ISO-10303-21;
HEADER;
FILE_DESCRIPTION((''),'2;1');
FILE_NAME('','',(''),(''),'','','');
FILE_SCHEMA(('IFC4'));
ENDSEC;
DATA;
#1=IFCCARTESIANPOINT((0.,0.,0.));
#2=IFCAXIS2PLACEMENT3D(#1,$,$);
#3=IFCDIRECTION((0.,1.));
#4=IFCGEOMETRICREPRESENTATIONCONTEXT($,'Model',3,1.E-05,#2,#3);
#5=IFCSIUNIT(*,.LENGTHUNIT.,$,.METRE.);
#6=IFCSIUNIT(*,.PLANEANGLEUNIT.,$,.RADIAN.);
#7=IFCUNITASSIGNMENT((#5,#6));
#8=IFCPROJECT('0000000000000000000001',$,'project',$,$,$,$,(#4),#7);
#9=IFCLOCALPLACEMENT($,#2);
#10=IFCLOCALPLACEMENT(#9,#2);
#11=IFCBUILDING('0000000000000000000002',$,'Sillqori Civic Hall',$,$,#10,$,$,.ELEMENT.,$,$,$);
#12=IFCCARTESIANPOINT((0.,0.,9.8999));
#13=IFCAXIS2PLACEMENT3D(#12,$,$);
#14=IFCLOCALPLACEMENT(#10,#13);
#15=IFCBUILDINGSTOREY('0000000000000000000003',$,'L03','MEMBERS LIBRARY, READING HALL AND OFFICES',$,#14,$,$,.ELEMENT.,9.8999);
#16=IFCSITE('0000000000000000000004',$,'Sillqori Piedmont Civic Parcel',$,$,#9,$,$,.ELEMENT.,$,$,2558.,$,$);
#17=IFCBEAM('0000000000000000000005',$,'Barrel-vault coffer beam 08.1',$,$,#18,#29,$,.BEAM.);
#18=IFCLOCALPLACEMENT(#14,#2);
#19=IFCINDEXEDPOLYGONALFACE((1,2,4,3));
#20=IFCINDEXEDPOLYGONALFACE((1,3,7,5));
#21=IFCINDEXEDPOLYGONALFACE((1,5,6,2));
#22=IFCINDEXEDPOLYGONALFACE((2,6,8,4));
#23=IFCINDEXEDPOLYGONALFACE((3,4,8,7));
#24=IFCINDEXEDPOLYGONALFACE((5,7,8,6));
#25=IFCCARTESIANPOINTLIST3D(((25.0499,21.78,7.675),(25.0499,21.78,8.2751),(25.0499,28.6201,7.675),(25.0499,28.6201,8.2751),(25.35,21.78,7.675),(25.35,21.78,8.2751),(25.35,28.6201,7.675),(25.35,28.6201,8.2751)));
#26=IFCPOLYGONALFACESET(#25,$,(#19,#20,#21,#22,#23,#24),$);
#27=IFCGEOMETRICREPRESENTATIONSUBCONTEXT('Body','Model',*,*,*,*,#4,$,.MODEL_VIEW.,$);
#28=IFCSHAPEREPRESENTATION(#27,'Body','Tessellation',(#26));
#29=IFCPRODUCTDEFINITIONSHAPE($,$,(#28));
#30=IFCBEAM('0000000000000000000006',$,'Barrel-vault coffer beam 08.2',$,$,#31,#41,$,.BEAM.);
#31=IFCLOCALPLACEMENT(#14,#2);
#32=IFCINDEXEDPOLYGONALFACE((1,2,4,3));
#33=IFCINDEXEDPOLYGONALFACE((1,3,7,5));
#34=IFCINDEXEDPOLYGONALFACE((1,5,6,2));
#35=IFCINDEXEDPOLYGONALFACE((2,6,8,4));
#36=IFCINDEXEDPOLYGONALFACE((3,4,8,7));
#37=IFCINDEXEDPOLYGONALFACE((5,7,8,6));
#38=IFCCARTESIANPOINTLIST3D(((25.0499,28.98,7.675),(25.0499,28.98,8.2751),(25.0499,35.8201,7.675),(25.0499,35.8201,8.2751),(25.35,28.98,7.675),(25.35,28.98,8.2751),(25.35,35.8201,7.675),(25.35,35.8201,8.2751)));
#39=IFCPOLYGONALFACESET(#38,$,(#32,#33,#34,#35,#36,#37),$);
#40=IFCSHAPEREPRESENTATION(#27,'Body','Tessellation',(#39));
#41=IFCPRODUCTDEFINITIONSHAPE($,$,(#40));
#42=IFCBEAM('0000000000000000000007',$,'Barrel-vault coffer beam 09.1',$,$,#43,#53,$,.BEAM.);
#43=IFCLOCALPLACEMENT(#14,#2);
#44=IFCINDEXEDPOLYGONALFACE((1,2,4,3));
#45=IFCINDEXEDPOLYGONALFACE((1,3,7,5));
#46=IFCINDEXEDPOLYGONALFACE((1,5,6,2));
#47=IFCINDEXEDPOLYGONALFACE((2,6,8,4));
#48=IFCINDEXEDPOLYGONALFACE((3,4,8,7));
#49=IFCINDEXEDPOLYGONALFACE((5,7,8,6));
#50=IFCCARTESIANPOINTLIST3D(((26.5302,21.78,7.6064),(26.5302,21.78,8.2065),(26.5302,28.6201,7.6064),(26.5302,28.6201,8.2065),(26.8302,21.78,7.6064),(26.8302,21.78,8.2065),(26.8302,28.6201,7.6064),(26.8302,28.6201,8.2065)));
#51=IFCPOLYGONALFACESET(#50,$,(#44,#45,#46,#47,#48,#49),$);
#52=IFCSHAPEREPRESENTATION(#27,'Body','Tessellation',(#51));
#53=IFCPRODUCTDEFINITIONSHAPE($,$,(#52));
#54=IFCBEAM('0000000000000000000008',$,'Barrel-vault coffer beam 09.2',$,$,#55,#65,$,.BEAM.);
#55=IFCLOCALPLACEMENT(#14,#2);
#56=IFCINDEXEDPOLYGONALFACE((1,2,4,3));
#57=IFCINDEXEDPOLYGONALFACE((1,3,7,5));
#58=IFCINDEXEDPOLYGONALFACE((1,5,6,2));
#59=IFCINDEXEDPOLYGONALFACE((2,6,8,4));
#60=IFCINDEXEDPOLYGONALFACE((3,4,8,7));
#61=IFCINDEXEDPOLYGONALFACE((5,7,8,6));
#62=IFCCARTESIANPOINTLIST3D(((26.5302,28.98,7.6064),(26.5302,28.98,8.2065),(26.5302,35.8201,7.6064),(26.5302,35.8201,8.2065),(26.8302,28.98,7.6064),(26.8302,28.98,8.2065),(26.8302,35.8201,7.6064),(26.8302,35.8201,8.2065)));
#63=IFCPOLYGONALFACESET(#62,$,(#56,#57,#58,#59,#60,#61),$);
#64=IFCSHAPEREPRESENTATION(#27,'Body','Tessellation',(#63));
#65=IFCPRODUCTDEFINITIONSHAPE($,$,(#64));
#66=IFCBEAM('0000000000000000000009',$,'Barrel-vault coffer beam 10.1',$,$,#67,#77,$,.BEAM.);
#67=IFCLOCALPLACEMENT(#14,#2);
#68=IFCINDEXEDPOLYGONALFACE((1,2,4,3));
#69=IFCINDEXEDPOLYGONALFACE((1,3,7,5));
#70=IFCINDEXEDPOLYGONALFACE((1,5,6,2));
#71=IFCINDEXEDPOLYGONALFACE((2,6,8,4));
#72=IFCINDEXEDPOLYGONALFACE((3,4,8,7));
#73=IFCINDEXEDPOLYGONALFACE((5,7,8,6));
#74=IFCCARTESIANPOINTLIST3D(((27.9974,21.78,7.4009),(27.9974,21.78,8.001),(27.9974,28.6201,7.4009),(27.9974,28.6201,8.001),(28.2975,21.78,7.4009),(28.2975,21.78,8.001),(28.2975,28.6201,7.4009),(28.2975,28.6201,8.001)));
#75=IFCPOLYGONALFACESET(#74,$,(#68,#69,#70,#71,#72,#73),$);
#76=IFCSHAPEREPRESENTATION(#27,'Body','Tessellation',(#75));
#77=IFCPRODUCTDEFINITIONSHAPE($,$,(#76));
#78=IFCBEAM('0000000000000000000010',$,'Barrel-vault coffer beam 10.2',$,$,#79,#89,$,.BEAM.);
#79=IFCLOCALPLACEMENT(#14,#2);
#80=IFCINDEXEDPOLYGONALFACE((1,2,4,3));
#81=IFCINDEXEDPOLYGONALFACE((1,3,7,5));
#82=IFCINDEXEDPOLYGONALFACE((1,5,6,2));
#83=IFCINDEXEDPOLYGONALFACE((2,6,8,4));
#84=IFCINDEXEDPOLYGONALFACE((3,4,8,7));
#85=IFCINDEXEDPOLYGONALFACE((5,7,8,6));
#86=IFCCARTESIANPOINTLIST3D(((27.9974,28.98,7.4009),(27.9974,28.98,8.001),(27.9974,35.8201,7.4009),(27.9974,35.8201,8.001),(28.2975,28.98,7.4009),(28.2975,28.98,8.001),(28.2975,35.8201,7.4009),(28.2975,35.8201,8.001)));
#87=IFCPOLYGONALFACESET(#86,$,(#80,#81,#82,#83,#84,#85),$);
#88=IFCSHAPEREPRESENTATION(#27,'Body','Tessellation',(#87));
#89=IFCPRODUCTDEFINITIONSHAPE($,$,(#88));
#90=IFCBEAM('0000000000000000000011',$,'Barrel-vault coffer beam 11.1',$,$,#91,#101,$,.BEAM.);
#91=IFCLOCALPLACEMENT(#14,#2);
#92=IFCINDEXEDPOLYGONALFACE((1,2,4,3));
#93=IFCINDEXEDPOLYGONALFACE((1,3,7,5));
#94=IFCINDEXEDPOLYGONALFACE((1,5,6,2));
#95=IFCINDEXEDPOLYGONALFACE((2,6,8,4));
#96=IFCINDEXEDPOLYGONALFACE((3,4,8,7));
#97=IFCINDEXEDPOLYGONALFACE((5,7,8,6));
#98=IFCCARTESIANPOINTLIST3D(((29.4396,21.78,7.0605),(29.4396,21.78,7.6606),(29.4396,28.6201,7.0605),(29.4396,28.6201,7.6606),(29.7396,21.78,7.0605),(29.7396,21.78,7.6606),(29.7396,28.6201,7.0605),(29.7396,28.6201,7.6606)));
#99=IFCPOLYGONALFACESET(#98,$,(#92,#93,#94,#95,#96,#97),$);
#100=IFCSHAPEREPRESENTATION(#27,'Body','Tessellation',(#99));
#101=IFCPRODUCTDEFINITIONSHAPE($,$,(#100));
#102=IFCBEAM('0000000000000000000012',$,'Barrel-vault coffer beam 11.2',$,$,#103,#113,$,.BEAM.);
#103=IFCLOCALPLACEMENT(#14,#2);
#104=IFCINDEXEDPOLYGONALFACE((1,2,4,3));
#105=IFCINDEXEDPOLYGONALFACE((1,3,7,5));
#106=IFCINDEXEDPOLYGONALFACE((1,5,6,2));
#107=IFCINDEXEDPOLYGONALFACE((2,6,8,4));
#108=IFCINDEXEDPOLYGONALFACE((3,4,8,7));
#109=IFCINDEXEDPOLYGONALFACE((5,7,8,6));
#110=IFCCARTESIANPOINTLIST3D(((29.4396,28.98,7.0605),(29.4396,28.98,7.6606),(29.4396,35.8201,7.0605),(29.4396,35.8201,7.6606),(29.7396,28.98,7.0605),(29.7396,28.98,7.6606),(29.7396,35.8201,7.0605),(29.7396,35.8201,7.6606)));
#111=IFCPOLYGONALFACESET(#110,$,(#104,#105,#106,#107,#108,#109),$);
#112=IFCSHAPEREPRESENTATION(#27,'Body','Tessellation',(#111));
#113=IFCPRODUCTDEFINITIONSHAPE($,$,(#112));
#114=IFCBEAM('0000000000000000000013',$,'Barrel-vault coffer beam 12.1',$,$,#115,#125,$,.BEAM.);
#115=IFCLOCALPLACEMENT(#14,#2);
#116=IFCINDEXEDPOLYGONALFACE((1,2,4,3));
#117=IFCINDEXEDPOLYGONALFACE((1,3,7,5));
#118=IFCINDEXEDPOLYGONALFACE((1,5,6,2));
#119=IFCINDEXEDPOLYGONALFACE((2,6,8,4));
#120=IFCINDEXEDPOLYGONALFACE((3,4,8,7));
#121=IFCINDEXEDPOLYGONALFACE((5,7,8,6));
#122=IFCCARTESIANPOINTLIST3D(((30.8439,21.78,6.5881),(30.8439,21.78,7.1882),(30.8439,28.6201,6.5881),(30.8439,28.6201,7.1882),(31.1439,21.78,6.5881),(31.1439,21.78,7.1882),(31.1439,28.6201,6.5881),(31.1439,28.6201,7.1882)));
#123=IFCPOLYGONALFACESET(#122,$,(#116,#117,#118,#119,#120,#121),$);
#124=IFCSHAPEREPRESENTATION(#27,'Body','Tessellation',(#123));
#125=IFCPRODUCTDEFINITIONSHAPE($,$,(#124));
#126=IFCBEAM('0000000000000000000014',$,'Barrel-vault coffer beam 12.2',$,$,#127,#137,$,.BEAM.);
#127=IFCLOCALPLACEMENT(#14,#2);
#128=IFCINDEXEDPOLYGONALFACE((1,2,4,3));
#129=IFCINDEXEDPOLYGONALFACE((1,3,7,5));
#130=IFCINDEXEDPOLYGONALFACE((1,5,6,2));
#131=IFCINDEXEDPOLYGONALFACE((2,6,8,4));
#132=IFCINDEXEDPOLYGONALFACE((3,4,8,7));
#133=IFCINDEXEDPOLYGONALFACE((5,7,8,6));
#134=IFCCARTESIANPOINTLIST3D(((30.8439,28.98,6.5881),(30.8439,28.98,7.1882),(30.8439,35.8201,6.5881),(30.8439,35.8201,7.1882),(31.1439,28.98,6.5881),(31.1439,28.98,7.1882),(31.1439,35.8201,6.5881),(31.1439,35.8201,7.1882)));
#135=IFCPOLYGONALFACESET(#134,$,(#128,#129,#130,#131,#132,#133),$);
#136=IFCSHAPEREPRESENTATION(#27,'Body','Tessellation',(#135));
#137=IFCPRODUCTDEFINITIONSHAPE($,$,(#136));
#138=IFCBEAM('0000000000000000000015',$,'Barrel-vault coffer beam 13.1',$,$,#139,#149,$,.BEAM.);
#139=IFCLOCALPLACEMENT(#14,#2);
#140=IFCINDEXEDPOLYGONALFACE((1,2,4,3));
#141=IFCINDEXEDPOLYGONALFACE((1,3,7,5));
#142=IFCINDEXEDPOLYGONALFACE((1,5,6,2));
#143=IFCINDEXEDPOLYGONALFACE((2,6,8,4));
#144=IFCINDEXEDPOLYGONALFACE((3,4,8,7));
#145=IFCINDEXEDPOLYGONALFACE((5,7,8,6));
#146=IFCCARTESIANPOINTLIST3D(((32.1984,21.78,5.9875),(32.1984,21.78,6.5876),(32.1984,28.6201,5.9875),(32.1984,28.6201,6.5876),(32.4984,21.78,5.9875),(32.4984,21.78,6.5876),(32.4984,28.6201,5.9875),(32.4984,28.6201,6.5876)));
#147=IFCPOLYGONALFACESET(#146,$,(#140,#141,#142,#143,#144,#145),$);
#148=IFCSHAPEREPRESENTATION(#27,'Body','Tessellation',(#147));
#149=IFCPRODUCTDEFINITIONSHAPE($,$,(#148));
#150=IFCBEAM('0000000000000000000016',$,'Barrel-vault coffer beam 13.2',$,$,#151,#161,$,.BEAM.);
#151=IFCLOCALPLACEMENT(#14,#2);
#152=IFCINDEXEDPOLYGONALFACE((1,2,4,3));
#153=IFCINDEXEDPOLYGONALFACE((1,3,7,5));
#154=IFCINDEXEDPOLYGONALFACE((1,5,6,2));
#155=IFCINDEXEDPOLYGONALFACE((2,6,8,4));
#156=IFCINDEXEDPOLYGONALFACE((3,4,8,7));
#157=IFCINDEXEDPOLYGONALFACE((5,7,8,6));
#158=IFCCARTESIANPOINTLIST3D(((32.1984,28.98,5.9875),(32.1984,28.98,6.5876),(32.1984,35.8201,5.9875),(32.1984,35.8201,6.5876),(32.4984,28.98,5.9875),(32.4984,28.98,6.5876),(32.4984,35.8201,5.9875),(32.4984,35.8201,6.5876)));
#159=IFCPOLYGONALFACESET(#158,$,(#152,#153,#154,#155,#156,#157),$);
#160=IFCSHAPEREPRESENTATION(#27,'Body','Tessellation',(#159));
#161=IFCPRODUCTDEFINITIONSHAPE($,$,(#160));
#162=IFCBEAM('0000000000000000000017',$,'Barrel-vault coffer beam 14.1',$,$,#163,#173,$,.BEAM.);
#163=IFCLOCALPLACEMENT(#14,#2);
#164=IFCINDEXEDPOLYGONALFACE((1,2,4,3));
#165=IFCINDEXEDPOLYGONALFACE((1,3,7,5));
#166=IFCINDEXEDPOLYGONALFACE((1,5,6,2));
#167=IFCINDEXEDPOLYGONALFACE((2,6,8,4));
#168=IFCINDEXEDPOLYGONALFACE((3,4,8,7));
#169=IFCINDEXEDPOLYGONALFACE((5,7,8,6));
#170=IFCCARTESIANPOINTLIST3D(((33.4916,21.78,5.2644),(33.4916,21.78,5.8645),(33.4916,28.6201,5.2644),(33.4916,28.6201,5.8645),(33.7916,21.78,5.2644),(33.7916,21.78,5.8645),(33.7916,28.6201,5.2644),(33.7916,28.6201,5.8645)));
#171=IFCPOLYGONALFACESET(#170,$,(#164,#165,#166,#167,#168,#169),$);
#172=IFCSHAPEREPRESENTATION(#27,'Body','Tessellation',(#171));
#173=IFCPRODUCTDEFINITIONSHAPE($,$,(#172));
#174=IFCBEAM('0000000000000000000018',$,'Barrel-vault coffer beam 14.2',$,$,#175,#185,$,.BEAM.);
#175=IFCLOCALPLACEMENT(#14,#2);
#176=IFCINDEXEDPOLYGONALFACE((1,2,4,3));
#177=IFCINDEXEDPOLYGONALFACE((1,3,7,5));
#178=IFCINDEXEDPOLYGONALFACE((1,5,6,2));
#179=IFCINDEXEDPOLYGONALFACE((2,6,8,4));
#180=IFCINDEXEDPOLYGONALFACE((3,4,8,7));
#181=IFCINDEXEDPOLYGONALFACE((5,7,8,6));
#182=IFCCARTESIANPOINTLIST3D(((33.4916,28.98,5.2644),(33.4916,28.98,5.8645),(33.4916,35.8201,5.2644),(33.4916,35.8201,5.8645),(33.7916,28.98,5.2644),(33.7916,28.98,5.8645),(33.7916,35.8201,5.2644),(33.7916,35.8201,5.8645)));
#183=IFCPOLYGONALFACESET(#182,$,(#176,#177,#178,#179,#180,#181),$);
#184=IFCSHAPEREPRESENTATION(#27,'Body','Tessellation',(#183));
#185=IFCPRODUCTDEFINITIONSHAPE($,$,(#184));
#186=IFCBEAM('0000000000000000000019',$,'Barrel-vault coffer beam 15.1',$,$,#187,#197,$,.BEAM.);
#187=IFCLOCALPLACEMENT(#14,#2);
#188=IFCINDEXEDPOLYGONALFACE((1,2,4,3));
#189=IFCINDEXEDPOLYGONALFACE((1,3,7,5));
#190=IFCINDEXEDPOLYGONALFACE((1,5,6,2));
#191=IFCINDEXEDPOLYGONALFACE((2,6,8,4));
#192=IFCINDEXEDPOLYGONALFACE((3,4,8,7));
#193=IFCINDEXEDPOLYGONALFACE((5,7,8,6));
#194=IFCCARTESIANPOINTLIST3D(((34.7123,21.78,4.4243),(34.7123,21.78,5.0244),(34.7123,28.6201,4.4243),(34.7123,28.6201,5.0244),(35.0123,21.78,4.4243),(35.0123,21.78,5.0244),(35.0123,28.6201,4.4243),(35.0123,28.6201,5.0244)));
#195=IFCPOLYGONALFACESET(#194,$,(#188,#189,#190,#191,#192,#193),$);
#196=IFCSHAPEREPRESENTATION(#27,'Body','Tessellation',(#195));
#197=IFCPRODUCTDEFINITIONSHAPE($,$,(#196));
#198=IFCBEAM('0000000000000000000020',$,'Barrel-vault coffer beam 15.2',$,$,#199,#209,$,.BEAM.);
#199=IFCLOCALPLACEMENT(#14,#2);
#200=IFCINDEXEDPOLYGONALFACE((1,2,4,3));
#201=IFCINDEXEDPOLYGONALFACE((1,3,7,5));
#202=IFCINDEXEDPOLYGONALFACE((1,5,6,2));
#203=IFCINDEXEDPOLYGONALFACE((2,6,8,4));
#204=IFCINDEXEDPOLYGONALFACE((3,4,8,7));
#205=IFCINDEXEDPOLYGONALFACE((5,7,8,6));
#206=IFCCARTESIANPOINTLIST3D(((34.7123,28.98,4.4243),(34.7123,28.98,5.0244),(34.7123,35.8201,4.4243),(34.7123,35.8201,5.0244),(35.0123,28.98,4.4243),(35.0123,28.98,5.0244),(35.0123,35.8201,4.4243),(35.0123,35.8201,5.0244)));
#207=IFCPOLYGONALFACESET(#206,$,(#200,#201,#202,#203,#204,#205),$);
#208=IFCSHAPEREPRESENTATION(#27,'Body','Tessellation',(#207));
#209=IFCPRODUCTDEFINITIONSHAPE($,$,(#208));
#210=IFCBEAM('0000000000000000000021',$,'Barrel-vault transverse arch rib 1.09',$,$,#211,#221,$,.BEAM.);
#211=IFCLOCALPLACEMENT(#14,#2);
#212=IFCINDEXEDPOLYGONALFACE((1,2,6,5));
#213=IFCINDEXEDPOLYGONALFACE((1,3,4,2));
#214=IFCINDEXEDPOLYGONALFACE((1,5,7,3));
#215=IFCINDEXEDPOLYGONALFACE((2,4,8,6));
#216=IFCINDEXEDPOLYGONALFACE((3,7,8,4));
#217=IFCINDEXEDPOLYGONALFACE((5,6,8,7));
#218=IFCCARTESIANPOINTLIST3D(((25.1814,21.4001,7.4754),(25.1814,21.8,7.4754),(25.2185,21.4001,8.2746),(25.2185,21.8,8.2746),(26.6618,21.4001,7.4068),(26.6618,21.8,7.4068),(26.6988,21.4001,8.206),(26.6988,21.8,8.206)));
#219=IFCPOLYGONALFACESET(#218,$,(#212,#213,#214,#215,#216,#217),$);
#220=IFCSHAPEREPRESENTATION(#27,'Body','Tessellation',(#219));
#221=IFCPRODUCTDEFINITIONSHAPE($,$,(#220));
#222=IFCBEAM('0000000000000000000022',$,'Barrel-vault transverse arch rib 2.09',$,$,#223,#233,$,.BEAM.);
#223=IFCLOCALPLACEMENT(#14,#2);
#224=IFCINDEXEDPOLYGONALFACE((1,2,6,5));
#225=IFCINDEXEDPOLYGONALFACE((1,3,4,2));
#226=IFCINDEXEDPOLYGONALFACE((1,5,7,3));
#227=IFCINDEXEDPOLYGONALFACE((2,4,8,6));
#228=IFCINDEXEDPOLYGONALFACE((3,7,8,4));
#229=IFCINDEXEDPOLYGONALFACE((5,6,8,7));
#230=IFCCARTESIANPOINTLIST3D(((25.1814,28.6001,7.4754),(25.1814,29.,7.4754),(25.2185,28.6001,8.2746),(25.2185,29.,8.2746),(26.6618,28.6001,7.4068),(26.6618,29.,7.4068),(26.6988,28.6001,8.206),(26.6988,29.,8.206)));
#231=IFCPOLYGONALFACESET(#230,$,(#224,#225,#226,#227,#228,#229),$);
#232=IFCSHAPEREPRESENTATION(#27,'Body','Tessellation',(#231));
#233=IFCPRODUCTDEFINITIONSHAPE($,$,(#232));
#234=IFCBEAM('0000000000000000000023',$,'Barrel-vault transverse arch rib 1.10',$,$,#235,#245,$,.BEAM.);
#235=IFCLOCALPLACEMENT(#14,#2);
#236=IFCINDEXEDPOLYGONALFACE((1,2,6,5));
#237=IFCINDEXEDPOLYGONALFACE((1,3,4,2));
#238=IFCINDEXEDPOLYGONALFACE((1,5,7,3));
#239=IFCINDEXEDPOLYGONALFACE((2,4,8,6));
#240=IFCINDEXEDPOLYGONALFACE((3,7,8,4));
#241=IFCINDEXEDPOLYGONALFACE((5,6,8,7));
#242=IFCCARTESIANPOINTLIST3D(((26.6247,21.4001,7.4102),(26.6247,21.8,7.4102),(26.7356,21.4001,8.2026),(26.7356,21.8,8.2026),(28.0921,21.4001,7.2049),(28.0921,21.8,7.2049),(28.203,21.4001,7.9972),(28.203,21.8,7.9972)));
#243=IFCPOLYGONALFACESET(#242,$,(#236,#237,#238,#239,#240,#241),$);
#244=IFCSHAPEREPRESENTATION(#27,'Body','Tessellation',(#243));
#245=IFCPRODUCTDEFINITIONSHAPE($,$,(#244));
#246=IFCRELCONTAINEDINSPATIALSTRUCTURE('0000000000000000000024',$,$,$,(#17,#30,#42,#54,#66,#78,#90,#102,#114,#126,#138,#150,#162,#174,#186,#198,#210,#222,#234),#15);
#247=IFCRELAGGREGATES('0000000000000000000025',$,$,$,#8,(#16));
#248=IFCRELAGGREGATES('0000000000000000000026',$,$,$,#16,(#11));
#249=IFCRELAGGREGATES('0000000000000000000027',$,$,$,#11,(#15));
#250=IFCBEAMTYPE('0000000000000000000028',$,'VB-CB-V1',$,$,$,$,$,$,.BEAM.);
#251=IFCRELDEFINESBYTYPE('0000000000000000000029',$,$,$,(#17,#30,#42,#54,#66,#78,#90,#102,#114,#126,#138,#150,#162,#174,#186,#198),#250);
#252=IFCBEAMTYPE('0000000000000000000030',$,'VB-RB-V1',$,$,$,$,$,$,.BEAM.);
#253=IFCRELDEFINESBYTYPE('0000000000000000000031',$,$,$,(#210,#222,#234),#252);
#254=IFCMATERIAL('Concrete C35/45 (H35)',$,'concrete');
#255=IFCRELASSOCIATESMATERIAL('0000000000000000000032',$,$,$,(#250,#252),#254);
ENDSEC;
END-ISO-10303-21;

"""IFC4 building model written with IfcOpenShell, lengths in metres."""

from ifc_helpers import new_model, si_unit, direction, frame, origin, origin_2d, place, context, subcontext, project, spatial, rectangle, extrude, material, material_profile, profile_set, type_object, element, save


model = new_model("IFC4")

# Units and contexts
model_context = context("Model", 3, precision=1e-05, world=origin(), true_north=direction((0.0, 1.0)))
body_context = subcontext(model_context, "Body", "Model", "MODEL_VIEW")
ifc_project = project(units=[si_unit("LENGTHUNIT", "METRE"), si_unit("PLANEANGLEUNIT", "RADIAN")], contexts=[model_context])

# Site, building, storey
site_placement = place(None, origin())
site = spatial("IfcSite", under=ifc_project, at=site_placement, Name="Sillqori Piedmont Civic Parcel", CompositionType="ELEMENT", RefElevation=2558.0)
building_placement = place(site_placement, origin())
building = spatial("IfcBuilding", under=site, at=building_placement, Name="Sillqori Civic Hall", CompositionType="ELEMENT")
storey_placement = place(building_placement, frame((0.0, 0.0, 9.8999)))
storey = spatial("IfcBuildingStorey", under=building, at=storey_placement, Name="L03", Description="MEMBERS LIBRARY, READING HALL AND OFFICES", CompositionType="ELEMENT", Elevation=9.8999)

# Beams
ifc_material_1 = material(Name="Concrete C35/45 (H35)", Category="concrete")
ifc_material_profile_1 = material_profile(ifc_material_1, rectangle(XDim=0.3, YDim=0.6001, at=origin_2d()), Name="RC 300x600")
ifc_profile_set_1 = profile_set([ifc_material_profile_1], Name="Concrete C35/45 (H35)")
beam_type_1 = type_object("IfcBeamType", Name="VB-CB-V1", PredefinedType="BEAM", material=ifc_profile_set_1)
for number, where, z_axis, x_axis, name in (
    (1, (25.2, 21.78, 7.9751), (0.0, 1.0, 0.0), (-1.0, 0.0, 0.0), "Barrel-vault coffer beam 08.1"),
    (2, (25.2, 28.98, 7.9751), (0.0, 1.0, 0.0), (-1.0, 0.0, 0.0), "Barrel-vault coffer beam 08.2"),
    (3, (26.6802, 21.78, 7.9065), (0.0, 1.0, 0.0), (-1.0, 0.0, 0.0), "Barrel-vault coffer beam 09.1"),
    (4, (26.6802, 28.98, 7.9065), (0.0, 1.0, 0.0), (-1.0, 0.0, 0.0), "Barrel-vault coffer beam 09.2"),
    (5, (28.1475, 21.78, 7.7009), (0.0, 1.0, 0.0), (-1.0, 0.0, 0.0), "Barrel-vault coffer beam 10.1"),
    (6, (28.1475, 28.98, 7.7009), (0.0, 1.0, 0.0), (-1.0, 0.0, 0.0), "Barrel-vault coffer beam 10.2"),
    (7, (29.5896, 21.78, 7.3606), (0.0, 1.0, 0.0), (-1.0, 0.0, 0.0), "Barrel-vault coffer beam 11.1"),
    (8, (29.5896, 28.98, 7.3606), (0.0, 1.0, 0.0), (-1.0, 0.0, 0.0), "Barrel-vault coffer beam 11.2"),
    (9, (30.9939, 21.78, 6.8882), (0.0, 1.0, 0.0), (-1.0, 0.0, 0.0), "Barrel-vault coffer beam 12.1"),
    (10, (30.9939, 28.98, 6.8882), (0.0, 1.0, 0.0), (-1.0, 0.0, 0.0), "Barrel-vault coffer beam 12.2"),
    (11, (32.3484, 21.78, 6.2876), (0.0, 1.0, 0.0), (-1.0, 0.0, 0.0), "Barrel-vault coffer beam 13.1"),
    (12, (32.3484, 28.98, 6.2876), (0.0, 1.0, 0.0), (-1.0, 0.0, 0.0), "Barrel-vault coffer beam 13.2"),
    (13, (33.6416, 21.78, 5.5645), (0.0, 1.0, 0.0), (-1.0, 0.0, 0.0), "Barrel-vault coffer beam 14.1"),
    (14, (33.6416, 28.98, 5.5645), (0.0, 1.0, 0.0), (-1.0, 0.0, 0.0), "Barrel-vault coffer beam 14.2"),
    (15, (34.8623, 21.78, 4.7244), (0.0, 1.0, 0.0), (-1.0, 0.0, 0.0), "Barrel-vault coffer beam 15.1"),
    (16, (34.8623, 28.98, 4.7244), (0.0, 1.0, 0.0), (-1.0, 0.0, 0.0), "Barrel-vault coffer beam 15.2"),
):
    element("IfcBeam", number, at=place(storey_placement, frame(where, z_axis=z_axis, x_axis=x_axis)), inside=storey, type_object=beam_type_1, Name=name, PredefinedType="BEAM", context=body_context, shape_type="SweptSolid", body=[
        extrude(rectangle(XDim=0.3, YDim=0.6001, at=origin_2d()), origin(), (0.0, 0.0, 1.0), 6.8401),
    ])
ifc_material_profile_2 = material_profile(ifc_material_1, rectangle(XDim=0.3999, YDim=0.8, at=origin_2d()), Name="RC 400x800")
ifc_profile_set_2 = profile_set([ifc_material_profile_2], Name="Concrete C35/45 (H35)")
beam_type_2 = type_object("IfcBeamType", Name="VB-RB-V1", PredefinedType="BEAM", material=ifc_profile_set_2)
for number, where, z_axis, x_axis, name in (
    (17, (25.2, 21.6001, 7.875), (0.998928, 0.0, -0.046297), (0.0, 1.0, 0.0), "Barrel-vault transverse arch rib 1.09"),
    (18, (25.2, 28.8, 7.875), (0.998928, 0.0, -0.046297), (0.0, 1.0, 0.0), "Barrel-vault transverse arch rib 2.09"),
):
    element("IfcBeam", number, at=place(storey_placement, frame(where, z_axis=z_axis, x_axis=x_axis)), inside=storey, type_object=beam_type_2, Name=name, PredefinedType="BEAM", context=body_context, shape_type="SweptSolid", body=[
        extrude(rectangle(XDim=0.3999, YDim=0.8, at=origin_2d()), origin(), (0.0, 0.0, 1.0), 1.4819),
    ])
for number, where, z_axis, x_axis, name in (
    (19, (26.6802, 21.6001, 7.8064), (0.990351, 0.0, -0.138583), (0.0, 1.0, 0.0), "Barrel-vault transverse arch rib 1.10"),
):
    element("IfcBeam", number, at=place(storey_placement, frame(where, z_axis=z_axis, x_axis=x_axis)), inside=storey, type_object=beam_type_2, Name=name, PredefinedType="BEAM", context=body_context, shape_type="SweptSolid", body=[
        extrude(rectangle(XDim=0.3999, YDim=0.8, at=origin_2d()), origin(), (0.0, 0.0, 1.0), 1.4817),
    ])

save(model, "model.ifc")
